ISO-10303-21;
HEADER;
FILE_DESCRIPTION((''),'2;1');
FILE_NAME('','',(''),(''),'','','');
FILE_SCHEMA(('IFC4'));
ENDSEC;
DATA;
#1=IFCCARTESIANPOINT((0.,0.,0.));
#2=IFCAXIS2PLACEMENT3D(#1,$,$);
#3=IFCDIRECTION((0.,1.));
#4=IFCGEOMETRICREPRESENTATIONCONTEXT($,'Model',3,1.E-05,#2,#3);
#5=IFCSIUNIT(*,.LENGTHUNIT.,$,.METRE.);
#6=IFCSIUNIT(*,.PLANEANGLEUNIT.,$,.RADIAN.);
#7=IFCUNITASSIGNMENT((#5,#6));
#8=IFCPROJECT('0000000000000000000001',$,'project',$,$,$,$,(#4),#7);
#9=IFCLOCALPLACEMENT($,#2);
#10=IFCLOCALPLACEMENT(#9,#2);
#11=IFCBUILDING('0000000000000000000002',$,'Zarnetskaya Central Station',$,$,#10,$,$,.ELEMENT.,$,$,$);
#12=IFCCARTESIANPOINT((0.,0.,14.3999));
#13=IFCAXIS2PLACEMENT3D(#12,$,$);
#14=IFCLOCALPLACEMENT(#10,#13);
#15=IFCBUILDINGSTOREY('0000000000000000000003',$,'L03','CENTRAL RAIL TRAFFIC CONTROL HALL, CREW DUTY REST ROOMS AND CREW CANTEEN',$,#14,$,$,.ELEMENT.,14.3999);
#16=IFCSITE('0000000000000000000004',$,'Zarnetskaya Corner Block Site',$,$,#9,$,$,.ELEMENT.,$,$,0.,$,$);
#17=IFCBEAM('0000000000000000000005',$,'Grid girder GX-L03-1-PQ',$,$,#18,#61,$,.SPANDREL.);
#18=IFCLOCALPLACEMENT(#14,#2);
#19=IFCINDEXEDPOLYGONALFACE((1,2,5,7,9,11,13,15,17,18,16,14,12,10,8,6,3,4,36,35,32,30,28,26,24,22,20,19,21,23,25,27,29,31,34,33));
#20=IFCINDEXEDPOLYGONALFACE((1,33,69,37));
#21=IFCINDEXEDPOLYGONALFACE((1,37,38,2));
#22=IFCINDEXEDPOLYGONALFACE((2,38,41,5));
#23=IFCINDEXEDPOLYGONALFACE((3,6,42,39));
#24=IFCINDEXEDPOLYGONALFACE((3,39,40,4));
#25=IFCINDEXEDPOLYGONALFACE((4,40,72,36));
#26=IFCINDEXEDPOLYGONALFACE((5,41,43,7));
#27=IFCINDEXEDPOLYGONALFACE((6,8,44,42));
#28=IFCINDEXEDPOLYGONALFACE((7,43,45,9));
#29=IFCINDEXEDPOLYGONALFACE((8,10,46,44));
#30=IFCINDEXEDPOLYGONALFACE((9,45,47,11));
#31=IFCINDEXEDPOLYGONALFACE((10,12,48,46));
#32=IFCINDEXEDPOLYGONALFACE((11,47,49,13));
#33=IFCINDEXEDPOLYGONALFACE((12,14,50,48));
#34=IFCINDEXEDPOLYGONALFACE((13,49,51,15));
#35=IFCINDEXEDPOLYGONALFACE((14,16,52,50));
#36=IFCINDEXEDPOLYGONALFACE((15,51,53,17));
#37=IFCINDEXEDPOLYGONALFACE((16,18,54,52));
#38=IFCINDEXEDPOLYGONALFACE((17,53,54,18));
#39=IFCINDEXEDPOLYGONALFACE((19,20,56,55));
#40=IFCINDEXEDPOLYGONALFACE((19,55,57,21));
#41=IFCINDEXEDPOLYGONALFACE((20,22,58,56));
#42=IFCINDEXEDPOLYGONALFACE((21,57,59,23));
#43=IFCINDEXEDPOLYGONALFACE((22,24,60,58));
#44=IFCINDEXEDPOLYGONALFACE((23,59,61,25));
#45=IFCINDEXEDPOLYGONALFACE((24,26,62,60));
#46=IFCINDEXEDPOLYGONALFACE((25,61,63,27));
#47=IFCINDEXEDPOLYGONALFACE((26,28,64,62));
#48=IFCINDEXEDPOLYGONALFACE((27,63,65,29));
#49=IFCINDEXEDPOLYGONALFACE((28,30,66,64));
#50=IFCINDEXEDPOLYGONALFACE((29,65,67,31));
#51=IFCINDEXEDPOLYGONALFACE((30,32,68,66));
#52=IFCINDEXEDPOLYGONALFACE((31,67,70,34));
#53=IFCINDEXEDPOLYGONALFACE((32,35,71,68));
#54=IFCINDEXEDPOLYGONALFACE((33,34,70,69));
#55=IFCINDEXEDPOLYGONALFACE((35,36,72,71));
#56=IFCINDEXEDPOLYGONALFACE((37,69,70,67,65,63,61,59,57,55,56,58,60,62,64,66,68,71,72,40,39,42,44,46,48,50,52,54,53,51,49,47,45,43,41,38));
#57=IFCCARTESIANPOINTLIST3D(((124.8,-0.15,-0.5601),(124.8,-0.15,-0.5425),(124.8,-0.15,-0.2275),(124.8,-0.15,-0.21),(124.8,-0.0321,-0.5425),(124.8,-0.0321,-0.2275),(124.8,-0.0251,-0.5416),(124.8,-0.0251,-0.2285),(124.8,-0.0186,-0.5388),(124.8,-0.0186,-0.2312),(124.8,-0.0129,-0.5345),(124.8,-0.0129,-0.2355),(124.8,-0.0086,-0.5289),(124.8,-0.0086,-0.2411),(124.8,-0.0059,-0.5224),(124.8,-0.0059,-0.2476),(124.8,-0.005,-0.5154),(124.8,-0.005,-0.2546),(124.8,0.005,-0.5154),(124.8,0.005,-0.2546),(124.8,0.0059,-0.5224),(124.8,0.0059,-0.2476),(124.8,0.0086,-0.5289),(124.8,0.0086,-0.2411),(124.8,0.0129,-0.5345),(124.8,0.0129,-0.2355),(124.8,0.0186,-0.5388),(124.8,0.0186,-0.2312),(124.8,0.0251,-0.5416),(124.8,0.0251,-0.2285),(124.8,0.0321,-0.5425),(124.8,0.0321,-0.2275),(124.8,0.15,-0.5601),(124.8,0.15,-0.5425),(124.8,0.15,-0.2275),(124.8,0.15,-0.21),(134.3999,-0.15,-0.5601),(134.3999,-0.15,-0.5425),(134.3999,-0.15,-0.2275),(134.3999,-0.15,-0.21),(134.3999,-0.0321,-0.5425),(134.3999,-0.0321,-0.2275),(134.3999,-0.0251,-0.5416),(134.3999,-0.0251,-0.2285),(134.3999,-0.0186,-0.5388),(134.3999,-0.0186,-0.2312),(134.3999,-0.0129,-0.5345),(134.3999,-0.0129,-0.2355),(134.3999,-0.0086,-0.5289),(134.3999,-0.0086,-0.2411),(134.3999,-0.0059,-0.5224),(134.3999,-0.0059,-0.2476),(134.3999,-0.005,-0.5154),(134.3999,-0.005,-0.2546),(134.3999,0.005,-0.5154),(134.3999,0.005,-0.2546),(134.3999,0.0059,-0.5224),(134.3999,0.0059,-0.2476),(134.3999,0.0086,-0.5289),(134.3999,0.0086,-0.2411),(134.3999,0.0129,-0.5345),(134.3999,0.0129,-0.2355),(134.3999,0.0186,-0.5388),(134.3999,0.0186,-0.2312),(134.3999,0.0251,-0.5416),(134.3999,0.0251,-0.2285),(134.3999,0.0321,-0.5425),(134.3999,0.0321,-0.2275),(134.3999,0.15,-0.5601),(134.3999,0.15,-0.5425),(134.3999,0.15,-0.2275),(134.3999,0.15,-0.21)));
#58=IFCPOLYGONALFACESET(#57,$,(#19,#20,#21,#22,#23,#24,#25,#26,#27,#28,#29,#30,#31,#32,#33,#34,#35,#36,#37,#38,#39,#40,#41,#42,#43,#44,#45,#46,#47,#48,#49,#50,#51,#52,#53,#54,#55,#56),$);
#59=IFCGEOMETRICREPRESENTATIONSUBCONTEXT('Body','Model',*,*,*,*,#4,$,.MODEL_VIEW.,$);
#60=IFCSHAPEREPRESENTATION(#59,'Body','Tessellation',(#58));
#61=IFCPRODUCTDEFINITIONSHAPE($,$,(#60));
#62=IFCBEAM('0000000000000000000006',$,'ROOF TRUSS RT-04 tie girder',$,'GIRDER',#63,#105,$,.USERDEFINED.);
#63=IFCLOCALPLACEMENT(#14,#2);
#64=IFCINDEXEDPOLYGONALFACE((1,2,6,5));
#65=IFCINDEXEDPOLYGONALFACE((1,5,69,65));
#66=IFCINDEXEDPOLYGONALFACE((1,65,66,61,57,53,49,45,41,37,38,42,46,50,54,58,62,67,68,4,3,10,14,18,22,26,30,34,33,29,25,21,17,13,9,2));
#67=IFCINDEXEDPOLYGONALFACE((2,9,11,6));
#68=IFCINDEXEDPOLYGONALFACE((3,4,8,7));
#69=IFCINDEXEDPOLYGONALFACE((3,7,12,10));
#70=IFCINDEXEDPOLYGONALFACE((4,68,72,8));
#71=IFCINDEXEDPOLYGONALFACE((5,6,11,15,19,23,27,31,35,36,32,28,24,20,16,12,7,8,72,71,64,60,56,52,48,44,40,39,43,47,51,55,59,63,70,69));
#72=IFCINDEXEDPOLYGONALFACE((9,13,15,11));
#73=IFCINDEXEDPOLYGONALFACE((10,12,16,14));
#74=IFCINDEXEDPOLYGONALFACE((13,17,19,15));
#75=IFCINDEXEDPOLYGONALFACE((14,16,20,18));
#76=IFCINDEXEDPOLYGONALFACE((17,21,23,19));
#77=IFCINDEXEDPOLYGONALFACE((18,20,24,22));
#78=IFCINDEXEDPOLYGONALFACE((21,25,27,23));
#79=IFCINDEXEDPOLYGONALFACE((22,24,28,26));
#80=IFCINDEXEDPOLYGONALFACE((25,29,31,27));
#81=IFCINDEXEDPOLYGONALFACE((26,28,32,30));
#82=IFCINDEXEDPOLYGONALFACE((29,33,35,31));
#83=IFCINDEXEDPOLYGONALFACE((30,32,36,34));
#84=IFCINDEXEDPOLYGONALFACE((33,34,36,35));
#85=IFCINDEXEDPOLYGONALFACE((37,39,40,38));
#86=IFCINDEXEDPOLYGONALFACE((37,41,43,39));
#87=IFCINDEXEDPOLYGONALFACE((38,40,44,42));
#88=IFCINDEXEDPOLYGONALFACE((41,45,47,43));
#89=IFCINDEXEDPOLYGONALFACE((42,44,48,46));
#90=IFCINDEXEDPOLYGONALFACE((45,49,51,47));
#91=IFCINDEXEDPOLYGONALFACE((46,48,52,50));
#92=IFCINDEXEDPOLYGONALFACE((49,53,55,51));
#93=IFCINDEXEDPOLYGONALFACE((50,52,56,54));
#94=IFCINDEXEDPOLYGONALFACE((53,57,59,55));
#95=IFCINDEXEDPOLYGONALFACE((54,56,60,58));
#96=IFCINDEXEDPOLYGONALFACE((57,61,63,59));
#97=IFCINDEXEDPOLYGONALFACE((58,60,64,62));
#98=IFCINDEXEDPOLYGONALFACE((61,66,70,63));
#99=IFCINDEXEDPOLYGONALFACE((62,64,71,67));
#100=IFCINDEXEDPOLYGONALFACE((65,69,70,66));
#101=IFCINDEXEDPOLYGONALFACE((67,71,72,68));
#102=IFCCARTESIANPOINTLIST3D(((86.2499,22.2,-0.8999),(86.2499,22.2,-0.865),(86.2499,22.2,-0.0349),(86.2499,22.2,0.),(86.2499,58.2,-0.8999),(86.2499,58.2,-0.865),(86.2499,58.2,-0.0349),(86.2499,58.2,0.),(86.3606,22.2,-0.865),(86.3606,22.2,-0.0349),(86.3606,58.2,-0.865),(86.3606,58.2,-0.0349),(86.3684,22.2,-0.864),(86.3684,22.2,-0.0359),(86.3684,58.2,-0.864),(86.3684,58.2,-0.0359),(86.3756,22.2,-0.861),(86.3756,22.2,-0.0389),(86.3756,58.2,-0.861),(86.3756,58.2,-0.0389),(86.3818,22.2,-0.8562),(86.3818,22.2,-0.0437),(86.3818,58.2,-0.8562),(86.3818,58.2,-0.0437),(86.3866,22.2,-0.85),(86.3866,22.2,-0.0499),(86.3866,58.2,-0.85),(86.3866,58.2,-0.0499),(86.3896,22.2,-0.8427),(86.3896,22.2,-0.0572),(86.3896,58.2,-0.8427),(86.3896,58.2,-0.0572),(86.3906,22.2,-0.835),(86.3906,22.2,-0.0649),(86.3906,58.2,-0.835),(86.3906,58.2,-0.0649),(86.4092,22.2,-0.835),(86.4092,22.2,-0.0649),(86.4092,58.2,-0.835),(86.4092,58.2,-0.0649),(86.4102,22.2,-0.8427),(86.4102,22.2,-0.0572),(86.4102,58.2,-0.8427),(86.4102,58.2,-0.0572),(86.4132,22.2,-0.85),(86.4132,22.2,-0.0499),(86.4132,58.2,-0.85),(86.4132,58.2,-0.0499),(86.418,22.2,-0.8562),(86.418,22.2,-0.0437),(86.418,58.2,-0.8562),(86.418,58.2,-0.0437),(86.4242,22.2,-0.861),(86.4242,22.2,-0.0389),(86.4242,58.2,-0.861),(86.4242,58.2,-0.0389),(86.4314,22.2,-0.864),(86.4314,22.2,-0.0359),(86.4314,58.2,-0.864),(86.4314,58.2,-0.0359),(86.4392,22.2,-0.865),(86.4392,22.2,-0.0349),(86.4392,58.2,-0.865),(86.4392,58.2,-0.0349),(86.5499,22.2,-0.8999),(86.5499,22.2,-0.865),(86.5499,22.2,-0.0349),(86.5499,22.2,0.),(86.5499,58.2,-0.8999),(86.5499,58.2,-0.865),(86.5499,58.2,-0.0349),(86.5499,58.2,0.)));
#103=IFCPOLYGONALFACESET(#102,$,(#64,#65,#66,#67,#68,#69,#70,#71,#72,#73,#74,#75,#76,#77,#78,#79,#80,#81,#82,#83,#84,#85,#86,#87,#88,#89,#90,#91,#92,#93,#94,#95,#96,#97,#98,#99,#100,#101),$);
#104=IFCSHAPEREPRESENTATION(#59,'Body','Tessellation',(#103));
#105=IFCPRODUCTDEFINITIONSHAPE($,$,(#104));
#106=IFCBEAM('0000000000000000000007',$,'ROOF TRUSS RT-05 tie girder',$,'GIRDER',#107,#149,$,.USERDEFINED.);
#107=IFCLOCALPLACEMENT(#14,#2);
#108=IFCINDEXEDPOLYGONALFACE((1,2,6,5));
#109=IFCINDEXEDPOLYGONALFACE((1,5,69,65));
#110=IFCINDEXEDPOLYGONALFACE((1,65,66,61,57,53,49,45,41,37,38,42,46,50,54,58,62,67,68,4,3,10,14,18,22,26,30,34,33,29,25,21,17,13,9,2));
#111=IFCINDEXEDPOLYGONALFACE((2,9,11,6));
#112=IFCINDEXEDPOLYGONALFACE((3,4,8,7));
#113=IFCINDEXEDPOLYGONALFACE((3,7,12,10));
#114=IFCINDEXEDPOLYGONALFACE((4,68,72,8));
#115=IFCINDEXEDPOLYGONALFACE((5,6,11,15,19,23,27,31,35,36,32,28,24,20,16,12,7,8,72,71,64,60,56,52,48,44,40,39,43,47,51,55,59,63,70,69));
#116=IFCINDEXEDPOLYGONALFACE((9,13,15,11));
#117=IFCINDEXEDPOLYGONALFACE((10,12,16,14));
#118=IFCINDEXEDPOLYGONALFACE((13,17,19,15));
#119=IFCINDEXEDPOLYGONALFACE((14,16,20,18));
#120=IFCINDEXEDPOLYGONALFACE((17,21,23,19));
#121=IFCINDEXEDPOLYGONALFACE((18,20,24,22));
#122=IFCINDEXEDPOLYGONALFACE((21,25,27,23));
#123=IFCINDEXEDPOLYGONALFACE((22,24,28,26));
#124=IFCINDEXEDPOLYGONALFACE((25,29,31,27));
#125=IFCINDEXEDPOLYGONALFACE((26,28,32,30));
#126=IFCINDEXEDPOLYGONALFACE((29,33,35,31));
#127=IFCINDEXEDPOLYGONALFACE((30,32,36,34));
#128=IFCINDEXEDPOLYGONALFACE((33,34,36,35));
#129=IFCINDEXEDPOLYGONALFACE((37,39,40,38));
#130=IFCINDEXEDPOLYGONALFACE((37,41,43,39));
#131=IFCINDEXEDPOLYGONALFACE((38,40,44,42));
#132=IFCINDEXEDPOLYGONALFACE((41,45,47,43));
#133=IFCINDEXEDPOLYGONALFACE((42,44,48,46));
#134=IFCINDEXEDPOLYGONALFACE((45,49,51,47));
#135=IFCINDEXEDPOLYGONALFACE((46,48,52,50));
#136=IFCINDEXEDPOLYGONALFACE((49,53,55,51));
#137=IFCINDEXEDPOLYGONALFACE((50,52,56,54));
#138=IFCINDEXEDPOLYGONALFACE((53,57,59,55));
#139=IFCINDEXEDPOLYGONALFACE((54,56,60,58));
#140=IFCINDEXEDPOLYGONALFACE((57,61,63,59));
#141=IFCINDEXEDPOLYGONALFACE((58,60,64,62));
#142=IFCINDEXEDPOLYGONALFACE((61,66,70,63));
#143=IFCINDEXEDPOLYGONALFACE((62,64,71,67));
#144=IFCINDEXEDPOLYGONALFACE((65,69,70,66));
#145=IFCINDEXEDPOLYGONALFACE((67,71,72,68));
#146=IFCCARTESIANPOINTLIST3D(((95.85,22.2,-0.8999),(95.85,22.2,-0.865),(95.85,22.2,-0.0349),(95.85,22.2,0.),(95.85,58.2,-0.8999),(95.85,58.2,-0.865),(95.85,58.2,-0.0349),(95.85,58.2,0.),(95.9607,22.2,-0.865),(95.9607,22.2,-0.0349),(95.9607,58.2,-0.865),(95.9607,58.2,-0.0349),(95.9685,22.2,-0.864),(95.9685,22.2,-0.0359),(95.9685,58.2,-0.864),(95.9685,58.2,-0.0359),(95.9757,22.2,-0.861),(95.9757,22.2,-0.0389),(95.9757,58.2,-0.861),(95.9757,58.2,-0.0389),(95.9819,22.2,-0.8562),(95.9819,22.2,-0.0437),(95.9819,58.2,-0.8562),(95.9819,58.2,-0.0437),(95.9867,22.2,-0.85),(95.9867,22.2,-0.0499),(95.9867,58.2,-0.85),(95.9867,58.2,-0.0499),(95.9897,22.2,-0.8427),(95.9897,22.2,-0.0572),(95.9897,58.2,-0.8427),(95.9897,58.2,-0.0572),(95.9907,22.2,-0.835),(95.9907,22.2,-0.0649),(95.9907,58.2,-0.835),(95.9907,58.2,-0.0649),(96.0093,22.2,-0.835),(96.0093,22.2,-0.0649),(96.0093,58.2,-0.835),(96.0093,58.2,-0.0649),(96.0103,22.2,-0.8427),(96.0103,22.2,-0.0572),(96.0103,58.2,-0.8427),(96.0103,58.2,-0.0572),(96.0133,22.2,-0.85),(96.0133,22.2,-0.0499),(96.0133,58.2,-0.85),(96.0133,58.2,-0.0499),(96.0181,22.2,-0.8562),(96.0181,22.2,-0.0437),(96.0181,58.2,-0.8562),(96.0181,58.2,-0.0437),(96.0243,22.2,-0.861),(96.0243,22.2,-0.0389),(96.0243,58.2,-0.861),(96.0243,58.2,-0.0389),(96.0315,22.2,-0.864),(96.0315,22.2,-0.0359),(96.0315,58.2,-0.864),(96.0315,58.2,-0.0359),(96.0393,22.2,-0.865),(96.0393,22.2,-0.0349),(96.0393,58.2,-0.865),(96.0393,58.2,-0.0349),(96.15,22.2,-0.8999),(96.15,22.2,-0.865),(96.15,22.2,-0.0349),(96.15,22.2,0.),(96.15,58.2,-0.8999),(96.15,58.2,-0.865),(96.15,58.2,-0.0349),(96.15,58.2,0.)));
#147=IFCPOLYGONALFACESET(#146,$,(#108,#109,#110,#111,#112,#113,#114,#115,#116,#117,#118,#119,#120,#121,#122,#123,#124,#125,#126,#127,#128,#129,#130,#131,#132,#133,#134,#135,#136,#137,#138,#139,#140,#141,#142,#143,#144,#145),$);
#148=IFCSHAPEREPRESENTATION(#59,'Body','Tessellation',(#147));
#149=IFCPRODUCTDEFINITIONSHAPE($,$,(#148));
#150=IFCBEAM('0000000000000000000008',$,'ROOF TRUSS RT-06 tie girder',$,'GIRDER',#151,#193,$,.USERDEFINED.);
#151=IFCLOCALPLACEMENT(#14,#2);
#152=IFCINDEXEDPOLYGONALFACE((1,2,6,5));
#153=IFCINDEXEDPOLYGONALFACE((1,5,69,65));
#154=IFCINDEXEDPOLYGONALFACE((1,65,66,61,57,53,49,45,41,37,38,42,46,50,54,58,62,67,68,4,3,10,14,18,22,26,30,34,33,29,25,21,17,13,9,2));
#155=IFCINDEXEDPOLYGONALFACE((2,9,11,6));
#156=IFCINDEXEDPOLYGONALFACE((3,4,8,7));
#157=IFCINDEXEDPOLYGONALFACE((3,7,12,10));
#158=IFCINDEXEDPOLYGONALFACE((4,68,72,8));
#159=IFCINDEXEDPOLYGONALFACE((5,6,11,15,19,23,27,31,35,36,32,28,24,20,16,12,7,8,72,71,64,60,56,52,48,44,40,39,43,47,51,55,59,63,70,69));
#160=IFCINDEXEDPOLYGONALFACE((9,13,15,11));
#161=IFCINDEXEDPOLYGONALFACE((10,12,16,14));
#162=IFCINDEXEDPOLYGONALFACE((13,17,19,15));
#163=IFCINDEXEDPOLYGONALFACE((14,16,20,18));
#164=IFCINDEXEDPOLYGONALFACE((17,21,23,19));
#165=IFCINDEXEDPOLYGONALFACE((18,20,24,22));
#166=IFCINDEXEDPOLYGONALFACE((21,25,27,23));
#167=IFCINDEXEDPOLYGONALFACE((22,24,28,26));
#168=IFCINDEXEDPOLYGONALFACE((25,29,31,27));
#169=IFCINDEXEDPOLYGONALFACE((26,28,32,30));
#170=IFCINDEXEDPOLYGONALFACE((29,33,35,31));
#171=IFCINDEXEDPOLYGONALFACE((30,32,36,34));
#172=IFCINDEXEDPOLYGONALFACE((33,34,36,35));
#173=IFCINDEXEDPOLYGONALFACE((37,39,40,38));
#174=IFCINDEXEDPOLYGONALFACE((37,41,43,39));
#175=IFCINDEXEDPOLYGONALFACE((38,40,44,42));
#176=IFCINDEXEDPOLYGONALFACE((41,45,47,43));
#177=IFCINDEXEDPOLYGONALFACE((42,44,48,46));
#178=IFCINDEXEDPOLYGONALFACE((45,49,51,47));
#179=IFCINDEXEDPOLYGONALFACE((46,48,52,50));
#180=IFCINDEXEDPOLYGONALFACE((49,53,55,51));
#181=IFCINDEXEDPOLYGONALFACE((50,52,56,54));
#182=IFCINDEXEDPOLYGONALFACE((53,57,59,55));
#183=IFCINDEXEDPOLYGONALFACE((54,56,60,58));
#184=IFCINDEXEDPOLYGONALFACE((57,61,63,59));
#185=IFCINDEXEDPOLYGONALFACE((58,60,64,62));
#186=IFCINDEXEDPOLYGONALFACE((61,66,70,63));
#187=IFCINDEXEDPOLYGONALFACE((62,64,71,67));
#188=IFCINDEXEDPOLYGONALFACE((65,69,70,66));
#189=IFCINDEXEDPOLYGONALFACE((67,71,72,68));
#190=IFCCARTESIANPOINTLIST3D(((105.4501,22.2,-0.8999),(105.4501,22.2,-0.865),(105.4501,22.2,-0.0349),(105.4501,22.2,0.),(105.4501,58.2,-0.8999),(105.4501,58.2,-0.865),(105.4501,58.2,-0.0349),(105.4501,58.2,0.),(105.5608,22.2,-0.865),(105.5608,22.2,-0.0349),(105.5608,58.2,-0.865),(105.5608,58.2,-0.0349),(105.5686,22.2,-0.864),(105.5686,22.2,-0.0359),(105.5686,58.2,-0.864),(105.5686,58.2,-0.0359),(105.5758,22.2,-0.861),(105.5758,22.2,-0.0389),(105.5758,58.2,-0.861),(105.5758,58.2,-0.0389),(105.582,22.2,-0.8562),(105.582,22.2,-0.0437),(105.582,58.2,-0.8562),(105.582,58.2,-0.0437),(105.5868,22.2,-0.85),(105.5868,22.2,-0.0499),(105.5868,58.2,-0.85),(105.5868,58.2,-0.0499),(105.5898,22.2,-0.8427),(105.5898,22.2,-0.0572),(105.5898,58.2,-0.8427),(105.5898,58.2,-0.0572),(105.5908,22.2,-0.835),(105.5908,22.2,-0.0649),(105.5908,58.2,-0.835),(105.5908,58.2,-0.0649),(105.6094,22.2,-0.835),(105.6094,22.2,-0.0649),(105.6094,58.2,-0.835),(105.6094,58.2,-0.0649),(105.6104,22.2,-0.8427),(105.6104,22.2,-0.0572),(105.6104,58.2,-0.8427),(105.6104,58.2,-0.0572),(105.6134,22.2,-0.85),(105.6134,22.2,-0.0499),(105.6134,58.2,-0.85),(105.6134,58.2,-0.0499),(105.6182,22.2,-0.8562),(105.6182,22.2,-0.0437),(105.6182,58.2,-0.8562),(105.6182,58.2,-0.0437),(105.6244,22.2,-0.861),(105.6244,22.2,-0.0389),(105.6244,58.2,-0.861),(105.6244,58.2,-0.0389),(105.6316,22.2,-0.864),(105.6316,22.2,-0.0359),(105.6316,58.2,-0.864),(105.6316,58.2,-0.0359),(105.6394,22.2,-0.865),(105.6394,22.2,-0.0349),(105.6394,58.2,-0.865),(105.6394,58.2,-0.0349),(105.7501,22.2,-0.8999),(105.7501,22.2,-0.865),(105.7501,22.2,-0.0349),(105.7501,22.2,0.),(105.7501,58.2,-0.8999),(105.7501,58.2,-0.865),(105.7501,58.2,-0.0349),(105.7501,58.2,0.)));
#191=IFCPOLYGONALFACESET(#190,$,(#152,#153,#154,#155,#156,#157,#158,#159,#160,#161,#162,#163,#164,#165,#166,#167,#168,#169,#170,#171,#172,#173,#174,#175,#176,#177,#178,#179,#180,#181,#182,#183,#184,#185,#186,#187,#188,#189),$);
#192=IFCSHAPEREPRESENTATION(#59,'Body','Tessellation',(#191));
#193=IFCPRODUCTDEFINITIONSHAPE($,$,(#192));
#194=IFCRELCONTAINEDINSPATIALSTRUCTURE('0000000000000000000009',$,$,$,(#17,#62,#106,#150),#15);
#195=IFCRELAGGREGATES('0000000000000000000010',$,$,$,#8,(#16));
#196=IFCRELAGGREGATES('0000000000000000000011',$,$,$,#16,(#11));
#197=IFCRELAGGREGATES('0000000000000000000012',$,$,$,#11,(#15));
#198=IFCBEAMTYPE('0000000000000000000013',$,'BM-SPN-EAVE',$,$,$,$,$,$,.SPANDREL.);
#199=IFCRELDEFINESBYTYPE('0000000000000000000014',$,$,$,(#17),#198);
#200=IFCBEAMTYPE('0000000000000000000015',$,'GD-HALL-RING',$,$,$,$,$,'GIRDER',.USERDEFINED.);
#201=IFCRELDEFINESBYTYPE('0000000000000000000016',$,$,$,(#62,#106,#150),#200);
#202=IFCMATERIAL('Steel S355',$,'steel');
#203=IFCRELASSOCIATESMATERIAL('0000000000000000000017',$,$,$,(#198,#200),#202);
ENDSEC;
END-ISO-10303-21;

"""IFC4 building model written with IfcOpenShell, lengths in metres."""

from ifc_helpers import new_model, si_unit, direction, frame, origin, origin_2d, place, context, subcontext, project, spatial, i_section, extrude, material, material_profile, profile_set, type_object, element, save


model = new_model("IFC4")

# Units and contexts
model_context = context("Model", 3, precision=1e-05, world=origin(), true_north=direction((0.0, 1.0)))
body_context = subcontext(model_context, "Body", "Model", "MODEL_VIEW")
ifc_project = project(units=[si_unit("LENGTHUNIT", "METRE"), si_unit("PLANEANGLEUNIT", "RADIAN")], contexts=[model_context])

# Site, building, storey
site_placement = place(None, origin())
site = spatial("IfcSite", under=ifc_project, at=site_placement, Name="Zarnetskaya Corner Block Site", CompositionType="ELEMENT", RefElevation=0.0)
building_placement = place(site_placement, origin())
building = spatial("IfcBuilding", under=site, at=building_placement, Name="Zarnetskaya Central Station", CompositionType="ELEMENT")
storey_placement = place(building_placement, frame((0.0, 0.0, 14.3999)))
storey = spatial("IfcBuildingStorey", under=building, at=storey_placement, Name="L03", Description="CENTRAL RAIL TRAFFIC CONTROL HALL, CREW DUTY REST ROOMS AND CREW CANTEEN", CompositionType="ELEMENT", Elevation=14.3999)

# Beams
ifc_material_1 = material(Name="Steel S355", Category="steel")
ifc_material_profile_1 = material_profile(ifc_material_1, i_section(OverallWidth=0.3, OverallDepth=0.3501, WebThickness=0.01, FlangeThickness=0.0176, FilletRadius=0.0271, at=origin_2d()), Name="HEA 360")
ifc_profile_set_1 = profile_set([ifc_material_profile_1], Name="Steel S355")
beam_type_1 = type_object("IfcBeamType", Name="BM-SPN-EAVE", PredefinedType="SPANDREL", material=ifc_profile_set_1)
beam_1_placement = place(storey_placement, frame((124.8, 0.0, -0.385), z_axis=(1.0, 0.0, 0.0), x_axis=(0.0, 1.0, 0.0)))
element("IfcBeam", 1, at=beam_1_placement, inside=storey, type_object=beam_type_1, Name="Grid girder GX-L03-1-PQ", PredefinedType="SPANDREL", context=body_context, shape_type="SweptSolid", body=[
    extrude(i_section(OverallWidth=0.3, OverallDepth=0.3501, WebThickness=0.01, FlangeThickness=0.0176, FilletRadius=0.0271, at=origin_2d()), origin(), (0.0, 0.0, 1.0), 9.5999),
])
ifc_material_profile_2 = material_profile(ifc_material_1, i_section(OverallWidth=0.3, OverallDepth=0.8999, WebThickness=0.0186, FlangeThickness=0.0349, FilletRadius=0.03, at=origin_2d()), Name="HEB 900")
ifc_profile_set_2 = profile_set([ifc_material_profile_2], Name="Steel S355")
beam_type_2 = type_object("IfcBeamType", Name="GD-HALL-RING", ElementType="GIRDER", PredefinedType="USERDEFINED", material=ifc_profile_set_2)
for number, where, z_axis, x_axis, name in (
    (2, (86.3999, 22.2, -0.45), (0.0, 1.0, 0.0), (-1.0, 0.0, 0.0), "ROOF TRUSS RT-04 tie girder"),
    (3, (96.0, 22.2, -0.45), (0.0, 1.0, 0.0), (-1.0, 0.0, 0.0), "ROOF TRUSS RT-05 tie girder"),
    (4, (105.6001, 22.2, -0.45), (0.0, 1.0, 0.0), (-1.0, 0.0, 0.0), "ROOF TRUSS RT-06 tie girder"),
):
    element("IfcBeam", number, at=place(storey_placement, frame(where, z_axis=z_axis, x_axis=x_axis)), inside=storey, type_object=beam_type_2, Name=name, ObjectType="GIRDER", PredefinedType="USERDEFINED", context=body_context, shape_type="SweptSolid", body=[
        extrude(i_section(OverallWidth=0.3, OverallDepth=0.8999, WebThickness=0.0186, FlangeThickness=0.0349, FilletRadius=0.03, at=origin_2d()), origin(), (0.0, 0.0, 1.0), 36.0),
    ])

save(model, "model.ifc")
